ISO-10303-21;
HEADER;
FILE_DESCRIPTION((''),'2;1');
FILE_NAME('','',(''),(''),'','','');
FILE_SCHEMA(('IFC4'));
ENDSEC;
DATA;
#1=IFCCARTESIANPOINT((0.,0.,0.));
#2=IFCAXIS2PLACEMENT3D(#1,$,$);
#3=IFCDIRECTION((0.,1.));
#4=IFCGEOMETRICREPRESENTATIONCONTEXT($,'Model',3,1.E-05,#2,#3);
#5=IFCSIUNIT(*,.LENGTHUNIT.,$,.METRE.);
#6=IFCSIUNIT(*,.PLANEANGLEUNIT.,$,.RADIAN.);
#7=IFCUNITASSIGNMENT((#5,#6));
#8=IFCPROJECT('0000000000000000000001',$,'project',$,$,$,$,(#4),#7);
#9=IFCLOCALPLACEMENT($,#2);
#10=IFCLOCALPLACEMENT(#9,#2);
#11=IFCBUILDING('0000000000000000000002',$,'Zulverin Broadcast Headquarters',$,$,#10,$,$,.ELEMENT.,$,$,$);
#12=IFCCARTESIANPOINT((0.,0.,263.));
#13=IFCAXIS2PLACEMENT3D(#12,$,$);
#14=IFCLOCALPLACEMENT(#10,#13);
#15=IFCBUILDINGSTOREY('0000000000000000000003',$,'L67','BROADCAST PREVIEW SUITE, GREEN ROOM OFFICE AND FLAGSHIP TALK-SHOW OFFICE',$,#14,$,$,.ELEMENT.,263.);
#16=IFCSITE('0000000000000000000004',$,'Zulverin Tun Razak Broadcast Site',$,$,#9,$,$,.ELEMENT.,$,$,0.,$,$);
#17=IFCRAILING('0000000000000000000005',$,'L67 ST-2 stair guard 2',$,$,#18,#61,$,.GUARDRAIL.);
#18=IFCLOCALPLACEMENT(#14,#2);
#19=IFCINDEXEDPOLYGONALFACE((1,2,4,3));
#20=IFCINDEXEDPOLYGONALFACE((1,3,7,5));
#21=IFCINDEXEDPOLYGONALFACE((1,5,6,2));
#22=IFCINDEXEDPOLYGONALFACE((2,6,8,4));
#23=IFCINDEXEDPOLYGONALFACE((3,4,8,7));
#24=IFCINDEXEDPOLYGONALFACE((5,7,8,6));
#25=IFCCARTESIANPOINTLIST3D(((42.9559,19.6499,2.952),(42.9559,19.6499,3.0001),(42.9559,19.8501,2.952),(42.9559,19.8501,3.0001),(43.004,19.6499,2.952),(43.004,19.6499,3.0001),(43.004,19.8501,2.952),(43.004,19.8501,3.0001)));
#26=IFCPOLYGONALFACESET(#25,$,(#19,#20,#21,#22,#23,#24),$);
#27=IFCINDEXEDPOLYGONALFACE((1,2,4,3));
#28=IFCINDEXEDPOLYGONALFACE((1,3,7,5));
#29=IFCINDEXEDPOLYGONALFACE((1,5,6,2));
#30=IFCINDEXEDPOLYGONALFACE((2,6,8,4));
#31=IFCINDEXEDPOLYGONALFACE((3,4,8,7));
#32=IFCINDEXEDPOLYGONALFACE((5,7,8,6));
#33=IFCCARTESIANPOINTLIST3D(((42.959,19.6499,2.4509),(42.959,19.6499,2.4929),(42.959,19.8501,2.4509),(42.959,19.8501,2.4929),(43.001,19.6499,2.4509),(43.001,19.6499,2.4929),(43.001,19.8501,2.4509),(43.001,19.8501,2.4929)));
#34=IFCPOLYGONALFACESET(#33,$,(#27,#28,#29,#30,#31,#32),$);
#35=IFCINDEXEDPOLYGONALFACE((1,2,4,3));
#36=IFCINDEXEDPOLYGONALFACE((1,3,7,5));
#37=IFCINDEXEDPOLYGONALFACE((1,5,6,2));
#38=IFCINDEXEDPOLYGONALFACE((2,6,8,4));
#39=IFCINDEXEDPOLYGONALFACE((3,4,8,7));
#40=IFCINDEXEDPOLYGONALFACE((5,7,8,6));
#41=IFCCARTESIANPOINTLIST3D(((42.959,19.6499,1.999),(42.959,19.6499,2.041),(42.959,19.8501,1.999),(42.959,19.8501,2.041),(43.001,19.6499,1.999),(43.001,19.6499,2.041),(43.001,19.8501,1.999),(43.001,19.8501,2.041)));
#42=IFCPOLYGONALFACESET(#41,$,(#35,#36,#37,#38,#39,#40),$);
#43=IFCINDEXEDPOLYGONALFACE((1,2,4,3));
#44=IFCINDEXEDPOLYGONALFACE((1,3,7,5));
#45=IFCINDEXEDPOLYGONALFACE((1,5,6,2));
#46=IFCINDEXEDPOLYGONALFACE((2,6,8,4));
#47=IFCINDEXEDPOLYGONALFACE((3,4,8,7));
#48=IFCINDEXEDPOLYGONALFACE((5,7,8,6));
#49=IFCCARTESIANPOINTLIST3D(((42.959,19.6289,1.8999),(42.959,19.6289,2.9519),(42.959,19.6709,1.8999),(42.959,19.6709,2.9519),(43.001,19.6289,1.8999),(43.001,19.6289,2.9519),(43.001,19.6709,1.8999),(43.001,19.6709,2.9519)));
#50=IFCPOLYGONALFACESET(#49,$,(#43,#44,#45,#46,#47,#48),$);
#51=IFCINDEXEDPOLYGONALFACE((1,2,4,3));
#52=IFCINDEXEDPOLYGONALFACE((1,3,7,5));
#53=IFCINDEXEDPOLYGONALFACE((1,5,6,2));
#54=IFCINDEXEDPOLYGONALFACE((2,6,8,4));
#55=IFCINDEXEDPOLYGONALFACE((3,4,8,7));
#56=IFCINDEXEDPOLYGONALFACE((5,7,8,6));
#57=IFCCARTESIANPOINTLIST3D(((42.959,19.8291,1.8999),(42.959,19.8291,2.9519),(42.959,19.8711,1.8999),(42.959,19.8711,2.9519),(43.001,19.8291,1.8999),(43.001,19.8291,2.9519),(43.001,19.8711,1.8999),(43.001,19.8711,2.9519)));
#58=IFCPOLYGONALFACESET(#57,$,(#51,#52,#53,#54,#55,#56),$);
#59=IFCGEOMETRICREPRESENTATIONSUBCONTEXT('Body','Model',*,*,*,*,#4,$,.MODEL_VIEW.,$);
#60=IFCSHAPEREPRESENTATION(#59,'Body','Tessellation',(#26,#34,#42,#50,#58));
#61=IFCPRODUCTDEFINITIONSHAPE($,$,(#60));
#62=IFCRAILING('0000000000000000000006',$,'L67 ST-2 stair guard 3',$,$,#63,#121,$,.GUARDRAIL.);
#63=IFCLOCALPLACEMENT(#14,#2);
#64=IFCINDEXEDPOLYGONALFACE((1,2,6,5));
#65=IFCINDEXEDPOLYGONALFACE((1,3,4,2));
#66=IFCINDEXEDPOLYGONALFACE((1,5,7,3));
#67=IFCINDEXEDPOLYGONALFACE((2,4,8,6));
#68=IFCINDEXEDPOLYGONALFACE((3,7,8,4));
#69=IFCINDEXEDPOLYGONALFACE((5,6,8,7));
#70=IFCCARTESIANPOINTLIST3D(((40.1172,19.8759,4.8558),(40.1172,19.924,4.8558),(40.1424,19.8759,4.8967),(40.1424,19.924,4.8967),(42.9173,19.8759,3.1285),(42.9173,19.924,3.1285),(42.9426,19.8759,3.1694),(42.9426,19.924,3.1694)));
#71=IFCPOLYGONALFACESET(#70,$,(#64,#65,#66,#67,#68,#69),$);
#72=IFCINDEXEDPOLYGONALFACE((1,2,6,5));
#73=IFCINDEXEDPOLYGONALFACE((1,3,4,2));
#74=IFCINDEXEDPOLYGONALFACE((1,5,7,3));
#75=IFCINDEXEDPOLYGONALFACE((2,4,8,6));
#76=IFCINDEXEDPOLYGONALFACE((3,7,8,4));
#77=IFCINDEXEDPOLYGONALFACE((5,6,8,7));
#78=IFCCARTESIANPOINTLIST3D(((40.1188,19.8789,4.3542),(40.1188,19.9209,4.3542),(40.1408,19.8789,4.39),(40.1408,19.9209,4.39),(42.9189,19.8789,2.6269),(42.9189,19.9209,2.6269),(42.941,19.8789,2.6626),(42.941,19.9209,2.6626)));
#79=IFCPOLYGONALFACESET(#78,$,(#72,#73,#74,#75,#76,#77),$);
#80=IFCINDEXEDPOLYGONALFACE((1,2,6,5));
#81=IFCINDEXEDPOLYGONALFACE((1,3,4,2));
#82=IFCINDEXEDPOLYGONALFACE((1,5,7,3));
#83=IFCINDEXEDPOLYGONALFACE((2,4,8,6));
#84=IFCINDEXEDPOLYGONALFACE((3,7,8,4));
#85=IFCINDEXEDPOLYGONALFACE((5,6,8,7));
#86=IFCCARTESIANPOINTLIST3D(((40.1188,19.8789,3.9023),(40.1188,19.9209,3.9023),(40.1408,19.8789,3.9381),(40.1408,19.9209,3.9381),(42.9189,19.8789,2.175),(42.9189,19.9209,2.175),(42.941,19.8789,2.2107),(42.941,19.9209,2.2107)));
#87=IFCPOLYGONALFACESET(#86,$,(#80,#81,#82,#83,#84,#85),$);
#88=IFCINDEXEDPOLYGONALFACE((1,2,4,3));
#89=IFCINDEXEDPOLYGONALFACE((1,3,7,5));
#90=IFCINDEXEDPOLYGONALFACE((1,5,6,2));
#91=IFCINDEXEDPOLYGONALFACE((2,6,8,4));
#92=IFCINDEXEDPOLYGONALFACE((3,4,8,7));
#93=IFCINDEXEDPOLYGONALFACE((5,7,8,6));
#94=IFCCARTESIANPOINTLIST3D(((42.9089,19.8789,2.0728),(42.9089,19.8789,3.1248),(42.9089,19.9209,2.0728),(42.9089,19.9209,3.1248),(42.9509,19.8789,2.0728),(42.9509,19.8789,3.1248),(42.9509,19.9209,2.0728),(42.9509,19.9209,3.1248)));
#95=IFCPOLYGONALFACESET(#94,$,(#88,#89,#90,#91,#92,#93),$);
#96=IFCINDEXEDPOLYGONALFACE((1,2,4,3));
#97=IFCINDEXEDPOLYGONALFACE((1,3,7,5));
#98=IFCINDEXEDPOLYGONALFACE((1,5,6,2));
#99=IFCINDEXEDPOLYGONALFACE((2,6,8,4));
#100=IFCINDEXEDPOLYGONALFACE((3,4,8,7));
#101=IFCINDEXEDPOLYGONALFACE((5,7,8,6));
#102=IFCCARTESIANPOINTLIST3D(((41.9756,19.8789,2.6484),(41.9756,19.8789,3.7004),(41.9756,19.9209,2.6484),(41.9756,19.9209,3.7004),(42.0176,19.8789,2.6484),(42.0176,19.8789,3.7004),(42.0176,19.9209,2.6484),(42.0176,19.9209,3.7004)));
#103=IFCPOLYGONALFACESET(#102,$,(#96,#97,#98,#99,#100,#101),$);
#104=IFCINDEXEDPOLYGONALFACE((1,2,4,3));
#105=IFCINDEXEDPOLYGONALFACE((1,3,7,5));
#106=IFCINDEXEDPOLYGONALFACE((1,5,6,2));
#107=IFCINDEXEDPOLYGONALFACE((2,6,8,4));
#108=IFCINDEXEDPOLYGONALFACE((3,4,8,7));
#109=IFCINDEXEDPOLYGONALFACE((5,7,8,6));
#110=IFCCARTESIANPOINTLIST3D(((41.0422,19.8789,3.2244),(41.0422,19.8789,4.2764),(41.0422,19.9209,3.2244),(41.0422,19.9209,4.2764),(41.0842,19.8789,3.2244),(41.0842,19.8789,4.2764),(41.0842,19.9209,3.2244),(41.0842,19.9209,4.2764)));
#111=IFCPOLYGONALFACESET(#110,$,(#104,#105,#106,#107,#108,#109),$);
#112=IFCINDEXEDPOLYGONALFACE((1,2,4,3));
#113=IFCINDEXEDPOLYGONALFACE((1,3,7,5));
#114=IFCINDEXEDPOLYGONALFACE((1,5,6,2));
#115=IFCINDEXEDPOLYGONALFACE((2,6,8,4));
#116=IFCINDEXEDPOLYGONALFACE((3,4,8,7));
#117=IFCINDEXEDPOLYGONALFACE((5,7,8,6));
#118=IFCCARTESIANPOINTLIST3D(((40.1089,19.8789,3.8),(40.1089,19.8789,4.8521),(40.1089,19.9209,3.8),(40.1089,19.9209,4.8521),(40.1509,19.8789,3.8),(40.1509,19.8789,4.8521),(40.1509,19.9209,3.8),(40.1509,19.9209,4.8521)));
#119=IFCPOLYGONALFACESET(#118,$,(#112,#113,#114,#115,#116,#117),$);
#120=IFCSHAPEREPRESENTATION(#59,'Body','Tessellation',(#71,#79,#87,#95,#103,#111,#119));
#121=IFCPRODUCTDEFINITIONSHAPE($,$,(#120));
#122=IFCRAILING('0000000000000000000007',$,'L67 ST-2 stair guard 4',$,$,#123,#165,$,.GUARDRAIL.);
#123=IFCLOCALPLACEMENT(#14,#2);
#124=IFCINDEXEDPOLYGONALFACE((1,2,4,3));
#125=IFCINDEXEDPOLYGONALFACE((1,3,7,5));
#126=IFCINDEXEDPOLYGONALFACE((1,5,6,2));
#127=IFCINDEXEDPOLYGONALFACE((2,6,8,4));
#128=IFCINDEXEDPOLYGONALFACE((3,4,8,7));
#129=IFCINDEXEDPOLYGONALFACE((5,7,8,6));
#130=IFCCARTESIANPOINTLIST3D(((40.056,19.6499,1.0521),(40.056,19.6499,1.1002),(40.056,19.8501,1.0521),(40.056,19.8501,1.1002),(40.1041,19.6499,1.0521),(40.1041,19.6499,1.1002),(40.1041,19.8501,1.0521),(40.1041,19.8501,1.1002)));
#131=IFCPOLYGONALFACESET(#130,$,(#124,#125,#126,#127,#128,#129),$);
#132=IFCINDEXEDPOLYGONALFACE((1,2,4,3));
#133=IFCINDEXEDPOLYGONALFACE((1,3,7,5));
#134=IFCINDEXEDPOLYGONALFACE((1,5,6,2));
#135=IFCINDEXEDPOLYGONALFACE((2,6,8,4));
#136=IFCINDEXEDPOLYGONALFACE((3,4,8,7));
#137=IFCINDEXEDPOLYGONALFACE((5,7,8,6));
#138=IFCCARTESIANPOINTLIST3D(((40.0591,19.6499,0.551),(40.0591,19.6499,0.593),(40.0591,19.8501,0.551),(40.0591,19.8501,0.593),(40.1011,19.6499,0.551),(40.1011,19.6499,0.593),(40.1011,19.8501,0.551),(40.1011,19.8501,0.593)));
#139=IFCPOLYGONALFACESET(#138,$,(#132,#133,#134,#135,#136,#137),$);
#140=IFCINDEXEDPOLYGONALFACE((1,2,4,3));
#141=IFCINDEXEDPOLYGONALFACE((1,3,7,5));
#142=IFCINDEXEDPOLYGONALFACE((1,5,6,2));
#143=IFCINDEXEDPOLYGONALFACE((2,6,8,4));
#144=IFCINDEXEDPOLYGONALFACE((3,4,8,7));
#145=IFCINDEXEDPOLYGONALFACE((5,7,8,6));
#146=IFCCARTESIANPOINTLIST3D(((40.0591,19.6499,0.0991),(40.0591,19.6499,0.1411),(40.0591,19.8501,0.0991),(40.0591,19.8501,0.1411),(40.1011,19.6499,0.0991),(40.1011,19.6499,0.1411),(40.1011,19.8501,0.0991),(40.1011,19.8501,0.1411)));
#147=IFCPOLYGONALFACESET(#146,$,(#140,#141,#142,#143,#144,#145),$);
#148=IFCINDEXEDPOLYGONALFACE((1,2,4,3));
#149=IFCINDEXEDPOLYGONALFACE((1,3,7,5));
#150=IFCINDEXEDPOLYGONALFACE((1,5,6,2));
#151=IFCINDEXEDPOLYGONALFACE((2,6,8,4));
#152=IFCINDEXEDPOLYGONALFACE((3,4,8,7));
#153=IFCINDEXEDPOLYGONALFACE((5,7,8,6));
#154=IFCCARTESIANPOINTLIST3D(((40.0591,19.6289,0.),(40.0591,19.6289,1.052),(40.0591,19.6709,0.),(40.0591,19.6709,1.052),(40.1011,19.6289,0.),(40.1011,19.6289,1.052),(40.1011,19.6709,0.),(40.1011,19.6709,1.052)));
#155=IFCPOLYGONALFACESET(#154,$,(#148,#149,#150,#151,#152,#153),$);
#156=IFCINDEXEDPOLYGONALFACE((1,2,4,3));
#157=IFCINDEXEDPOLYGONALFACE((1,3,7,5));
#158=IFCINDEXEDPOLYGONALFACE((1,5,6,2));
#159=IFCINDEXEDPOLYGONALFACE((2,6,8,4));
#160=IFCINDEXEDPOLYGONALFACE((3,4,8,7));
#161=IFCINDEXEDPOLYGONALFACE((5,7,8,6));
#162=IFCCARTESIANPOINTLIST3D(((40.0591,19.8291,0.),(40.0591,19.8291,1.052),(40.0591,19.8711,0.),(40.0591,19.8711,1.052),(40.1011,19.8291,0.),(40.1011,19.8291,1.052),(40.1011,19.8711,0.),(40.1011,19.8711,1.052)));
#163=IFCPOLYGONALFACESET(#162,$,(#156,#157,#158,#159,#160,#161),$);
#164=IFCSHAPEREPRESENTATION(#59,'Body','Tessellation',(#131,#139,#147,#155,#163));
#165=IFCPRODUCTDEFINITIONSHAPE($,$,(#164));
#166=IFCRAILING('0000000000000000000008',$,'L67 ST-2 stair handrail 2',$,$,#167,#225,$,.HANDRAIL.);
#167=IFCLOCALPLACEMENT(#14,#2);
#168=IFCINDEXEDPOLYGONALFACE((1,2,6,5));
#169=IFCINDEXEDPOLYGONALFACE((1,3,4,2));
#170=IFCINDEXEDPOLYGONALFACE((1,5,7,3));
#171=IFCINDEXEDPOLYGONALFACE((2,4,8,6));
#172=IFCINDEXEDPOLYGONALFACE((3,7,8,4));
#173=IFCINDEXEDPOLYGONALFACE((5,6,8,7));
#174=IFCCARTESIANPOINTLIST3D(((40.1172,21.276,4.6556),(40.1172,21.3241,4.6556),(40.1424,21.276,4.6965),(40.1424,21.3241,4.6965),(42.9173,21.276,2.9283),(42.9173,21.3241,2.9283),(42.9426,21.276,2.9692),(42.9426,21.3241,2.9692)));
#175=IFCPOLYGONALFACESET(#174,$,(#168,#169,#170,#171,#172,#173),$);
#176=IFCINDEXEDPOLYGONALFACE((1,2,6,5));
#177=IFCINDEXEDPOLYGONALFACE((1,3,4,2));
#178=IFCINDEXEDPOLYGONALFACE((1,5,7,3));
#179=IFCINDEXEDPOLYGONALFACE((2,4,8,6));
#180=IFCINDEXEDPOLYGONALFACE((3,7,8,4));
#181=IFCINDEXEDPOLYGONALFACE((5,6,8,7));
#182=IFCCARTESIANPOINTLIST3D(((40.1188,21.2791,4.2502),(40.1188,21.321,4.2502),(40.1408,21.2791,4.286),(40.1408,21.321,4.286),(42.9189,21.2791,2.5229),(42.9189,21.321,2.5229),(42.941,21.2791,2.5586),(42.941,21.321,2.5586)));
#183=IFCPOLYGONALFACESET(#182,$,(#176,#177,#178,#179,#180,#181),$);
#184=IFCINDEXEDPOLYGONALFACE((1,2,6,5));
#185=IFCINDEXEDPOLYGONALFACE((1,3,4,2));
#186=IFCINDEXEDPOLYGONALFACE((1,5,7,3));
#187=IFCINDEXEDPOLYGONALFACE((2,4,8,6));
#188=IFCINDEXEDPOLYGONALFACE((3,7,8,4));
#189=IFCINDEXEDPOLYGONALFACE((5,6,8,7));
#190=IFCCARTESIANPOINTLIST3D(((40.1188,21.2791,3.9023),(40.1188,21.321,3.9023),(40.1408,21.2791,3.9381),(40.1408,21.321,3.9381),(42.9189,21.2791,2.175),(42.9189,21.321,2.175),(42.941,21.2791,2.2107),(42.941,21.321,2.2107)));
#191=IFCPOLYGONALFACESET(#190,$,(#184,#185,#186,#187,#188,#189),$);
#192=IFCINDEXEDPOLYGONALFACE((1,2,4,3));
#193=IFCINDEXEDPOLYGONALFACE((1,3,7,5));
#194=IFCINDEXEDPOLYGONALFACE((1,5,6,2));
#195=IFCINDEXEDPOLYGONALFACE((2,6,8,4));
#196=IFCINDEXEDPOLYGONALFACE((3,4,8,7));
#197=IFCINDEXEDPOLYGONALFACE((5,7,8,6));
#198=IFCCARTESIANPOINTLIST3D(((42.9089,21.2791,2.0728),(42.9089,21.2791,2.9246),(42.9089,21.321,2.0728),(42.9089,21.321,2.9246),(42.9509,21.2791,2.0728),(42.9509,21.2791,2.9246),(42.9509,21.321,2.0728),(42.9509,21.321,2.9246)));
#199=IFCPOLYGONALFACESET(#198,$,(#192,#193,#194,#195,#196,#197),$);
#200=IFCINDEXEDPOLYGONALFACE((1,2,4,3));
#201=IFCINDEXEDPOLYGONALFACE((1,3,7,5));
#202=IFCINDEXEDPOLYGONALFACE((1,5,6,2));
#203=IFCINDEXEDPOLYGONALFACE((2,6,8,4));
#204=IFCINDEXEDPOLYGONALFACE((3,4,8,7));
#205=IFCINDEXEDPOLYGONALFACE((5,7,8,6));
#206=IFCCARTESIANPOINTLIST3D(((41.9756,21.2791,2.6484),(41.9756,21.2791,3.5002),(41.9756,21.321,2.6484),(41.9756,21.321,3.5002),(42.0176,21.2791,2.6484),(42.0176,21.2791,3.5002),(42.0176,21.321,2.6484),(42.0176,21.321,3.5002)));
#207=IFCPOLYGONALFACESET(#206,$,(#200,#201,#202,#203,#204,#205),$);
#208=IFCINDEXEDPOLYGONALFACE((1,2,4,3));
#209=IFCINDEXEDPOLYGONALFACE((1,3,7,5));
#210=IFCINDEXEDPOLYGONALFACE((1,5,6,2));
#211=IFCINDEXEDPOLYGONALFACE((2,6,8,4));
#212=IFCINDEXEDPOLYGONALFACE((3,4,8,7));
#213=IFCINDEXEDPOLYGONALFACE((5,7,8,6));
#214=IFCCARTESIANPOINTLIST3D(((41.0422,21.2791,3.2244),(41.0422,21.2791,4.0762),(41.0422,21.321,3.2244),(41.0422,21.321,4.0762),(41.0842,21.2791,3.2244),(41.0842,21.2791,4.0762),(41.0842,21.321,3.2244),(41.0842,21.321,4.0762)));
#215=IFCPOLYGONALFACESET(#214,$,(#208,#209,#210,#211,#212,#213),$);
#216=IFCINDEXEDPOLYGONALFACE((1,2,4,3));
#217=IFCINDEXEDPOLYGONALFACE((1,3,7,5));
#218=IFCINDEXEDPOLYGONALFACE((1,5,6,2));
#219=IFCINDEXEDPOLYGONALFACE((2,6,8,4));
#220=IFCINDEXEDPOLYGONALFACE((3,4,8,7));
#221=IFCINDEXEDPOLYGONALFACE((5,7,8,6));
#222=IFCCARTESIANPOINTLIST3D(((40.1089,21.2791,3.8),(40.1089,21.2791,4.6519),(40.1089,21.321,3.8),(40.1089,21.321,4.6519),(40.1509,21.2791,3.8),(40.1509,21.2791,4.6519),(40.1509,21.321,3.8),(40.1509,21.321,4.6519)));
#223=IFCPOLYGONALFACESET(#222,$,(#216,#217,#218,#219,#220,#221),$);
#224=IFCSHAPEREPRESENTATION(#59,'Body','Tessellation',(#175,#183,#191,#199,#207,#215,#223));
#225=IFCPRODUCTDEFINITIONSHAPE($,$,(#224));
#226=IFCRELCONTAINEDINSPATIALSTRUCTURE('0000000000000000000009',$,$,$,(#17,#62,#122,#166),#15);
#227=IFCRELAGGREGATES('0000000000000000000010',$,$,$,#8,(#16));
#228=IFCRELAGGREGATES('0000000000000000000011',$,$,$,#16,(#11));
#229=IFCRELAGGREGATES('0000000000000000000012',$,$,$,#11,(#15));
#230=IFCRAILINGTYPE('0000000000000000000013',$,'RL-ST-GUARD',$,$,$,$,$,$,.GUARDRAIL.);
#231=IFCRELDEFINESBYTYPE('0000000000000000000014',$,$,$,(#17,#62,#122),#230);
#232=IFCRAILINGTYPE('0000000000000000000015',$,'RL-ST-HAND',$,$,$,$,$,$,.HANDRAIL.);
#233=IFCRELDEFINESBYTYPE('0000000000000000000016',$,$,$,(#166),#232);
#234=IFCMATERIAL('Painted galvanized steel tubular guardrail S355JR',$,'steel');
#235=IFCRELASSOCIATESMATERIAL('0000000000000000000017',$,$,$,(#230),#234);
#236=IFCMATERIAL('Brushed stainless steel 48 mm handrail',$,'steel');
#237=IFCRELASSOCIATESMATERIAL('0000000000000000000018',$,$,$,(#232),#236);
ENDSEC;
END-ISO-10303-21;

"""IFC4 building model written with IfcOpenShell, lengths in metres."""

from ifc_helpers import new_model, si_unit, direction, frame, origin, origin_2d, place, context, subcontext, project, spatial, rectangle, extrude, material, type_object, element, save


model = new_model("IFC4")

# Units and contexts
model_context = context("Model", 3, precision=1e-05, world=origin(), true_north=direction((0.0, 1.0)))
body_context = subcontext(model_context, "Body", "Model", "MODEL_VIEW")
ifc_project = project(units=[si_unit("LENGTHUNIT", "METRE"), si_unit("PLANEANGLEUNIT", "RADIAN")], contexts=[model_context])

# Site, building, storey
site_placement = place(None, origin())
site = spatial("IfcSite", under=ifc_project, at=site_placement, Name="Zulverin Tun Razak Broadcast Site", CompositionType="ELEMENT", RefElevation=0.0)
building_placement = place(site_placement, origin())
building = spatial("IfcBuilding", under=site, at=building_placement, Name="Zulverin Broadcast Headquarters", CompositionType="ELEMENT")
storey_placement = place(building_placement, frame((0.0, 0.0, 263.0)))
storey = spatial("IfcBuildingStorey", under=building, at=storey_placement, Name="L67", Description="BROADCAST PREVIEW SUITE, GREEN ROOM OFFICE AND FLAGSHIP TALK-SHOW OFFICE", CompositionType="ELEMENT", Elevation=263.0)

# Railings
ifc_material_1 = material(Name="Painted galvanized steel tubular guardrail S355JR", Category="steel")
railing_type_1 = type_object("IfcRailingType", Name="RL-ST-GUARD", PredefinedType="GUARDRAIL", material=ifc_material_1)
railing_1_placement = place(storey_placement, frame((42.98, 19.6499, 1.8999)))
element("IfcRailing", 1, at=railing_1_placement, inside=storey, type_object=railing_type_1, Name="L67 ST-2 stair guard 2", PredefinedType="GUARDRAIL", context=body_context, shape_type="SweptSolid", body=[
    extrude(rectangle(XDim=0.0481, YDim=0.0481, at=origin_2d()), frame((0.0, 0.0, 1.0762), z_axis=(0.0, 1.0, 0.0), x_axis=(-1.0, 0.0, 0.0)), (0.0, 0.0, 1.0), 0.2002),
    extrude(rectangle(XDim=0.042, YDim=0.042, at=origin_2d()), frame((0.0, 0.0, 0.572), z_axis=(0.0, 1.0, 0.0), x_axis=(-1.0, 0.0, 0.0)), (0.0, 0.0, 1.0), 0.2002),
    extrude(rectangle(XDim=0.042, YDim=0.042, at=origin_2d()), frame((0.0, 0.0, 0.1201), z_axis=(0.0, 1.0, 0.0), x_axis=(-1.0, 0.0, 0.0)), (0.0, 0.0, 1.0), 0.2002),
    extrude(rectangle(XDim=0.042, YDim=0.042, at=origin_2d()), origin(), (0.0, 0.0, 1.0), 1.052),
    extrude(rectangle(XDim=0.042, YDim=0.042, at=origin_2d()), frame((0.0, 0.2002, 0.0)), (0.0, 0.0, 1.0), 1.052),
])
railing_2_placement = place(storey_placement, frame((42.9299, 19.8999, 2.0728)))
element("IfcRailing", 2, at=railing_2_placement, inside=storey, type_object=railing_type_1, Name="L67 ST-2 stair guard 3", PredefinedType="GUARDRAIL", context=body_context, shape_type="SweptSolid", body=[
    extrude(rectangle(XDim=0.0481, YDim=0.0481, at=origin_2d()), frame((0.0, 0.0, 1.0762), z_axis=(-0.85109, 0.0, 0.52502), x_axis=(0.0, -1.0, 0.0)), (0.0, 0.0, 1.0), 3.29),
    extrude(rectangle(XDim=0.042, YDim=0.042, at=origin_2d()), frame((0.0, 0.0, 0.572), z_axis=(-0.85109, 0.0, 0.52502), x_axis=(0.0, -1.0, 0.0)), (0.0, 0.0, 1.0), 3.29),
    extrude(rectangle(XDim=0.042, YDim=0.042, at=origin_2d()), frame((0.0, 0.0, 0.1201), z_axis=(-0.85109, 0.0, 0.52502), x_axis=(0.0, -1.0, 0.0)), (0.0, 0.0, 1.0), 3.29),
    extrude(rectangle(XDim=0.042, YDim=0.042, at=origin_2d()), origin(), (0.0, 0.0, 1.0), 1.052),
    extrude(rectangle(XDim=0.042, YDim=0.042, at=origin_2d()), frame((-0.9333, 0.0, 0.5757)), (0.0, 0.0, 1.0), 1.052),
    extrude(rectangle(XDim=0.042, YDim=0.042, at=origin_2d()), frame((-1.8667, 0.0, 1.1516)), (0.0, 0.0, 1.0), 1.052),
    extrude(rectangle(XDim=0.042, YDim=0.042, at=origin_2d()), frame((-2.8, 0.0, 1.7273)), (0.0, 0.0, 1.0), 1.052),
])
railing_3_placement = place(storey_placement, frame((40.0801, 19.6499, 0.0)))
element("IfcRailing", 3, at=railing_3_placement, inside=storey, type_object=railing_type_1, Name="L67 ST-2 stair guard 4", PredefinedType="GUARDRAIL", context=body_context, shape_type="SweptSolid", body=[
    extrude(rectangle(XDim=0.0481, YDim=0.0481, at=origin_2d()), frame((0.0, 0.0, 1.0762), z_axis=(0.0, 1.0, 0.0), x_axis=(-1.0, 0.0, 0.0)), (0.0, 0.0, 1.0), 0.2002),
    extrude(rectangle(XDim=0.042, YDim=0.042, at=origin_2d()), frame((0.0, 0.0, 0.572), z_axis=(0.0, 1.0, 0.0), x_axis=(-1.0, 0.0, 0.0)), (0.0, 0.0, 1.0), 0.2002),
    extrude(rectangle(XDim=0.042, YDim=0.042, at=origin_2d()), frame((0.0, 0.0, 0.1201), z_axis=(0.0, 1.0, 0.0), x_axis=(-1.0, 0.0, 0.0)), (0.0, 0.0, 1.0), 0.2002),
    extrude(rectangle(XDim=0.042, YDim=0.042, at=origin_2d()), origin(), (0.0, 0.0, 1.0), 1.052),
    extrude(rectangle(XDim=0.042, YDim=0.042, at=origin_2d()), frame((0.0, 0.2002, 0.0)), (0.0, 0.0, 1.0), 1.052),
])
ifc_material_2 = material(Name="Brushed stainless steel 48 mm handrail", Category="steel")
railing_type_2 = type_object("IfcRailingType", Name="RL-ST-HAND", PredefinedType="HANDRAIL", material=ifc_material_2)
railing_4_placement = place(storey_placement, frame((42.9299, 21.3, 2.0728)))
element("IfcRailing", 4, at=railing_4_placement, inside=storey, type_object=railing_type_2, Name="L67 ST-2 stair handrail 2", PredefinedType="HANDRAIL", context=body_context, shape_type="SweptSolid", body=[
    extrude(rectangle(XDim=0.0481, YDim=0.0481, at=origin_2d()), frame((0.0, 0.0, 0.876), z_axis=(-0.85109, 0.0, 0.52502), x_axis=(0.0, -1.0, 0.0)), (0.0, 0.0, 1.0), 3.29),
    extrude(rectangle(XDim=0.042, YDim=0.042, at=origin_2d()), frame((0.0, 0.0, 0.468), z_axis=(-0.85109, 0.0, 0.52502), x_axis=(0.0, -1.0, 0.0)), (0.0, 0.0, 1.0), 3.29),
    extrude(rectangle(XDim=0.042, YDim=0.042, at=origin_2d()), frame((0.0, 0.0, 0.1201), z_axis=(-0.85109, 0.0, 0.52502), x_axis=(0.0, -1.0, 0.0)), (0.0, 0.0, 1.0), 3.29),
    extrude(rectangle(XDim=0.042, YDim=0.042, at=origin_2d()), origin(), (0.0, 0.0, 1.0), 0.8518),
    extrude(rectangle(XDim=0.042, YDim=0.042, at=origin_2d()), frame((-0.9333, 0.0, 0.5757)), (0.0, 0.0, 1.0), 0.8518),
    extrude(rectangle(XDim=0.042, YDim=0.042, at=origin_2d()), frame((-1.8667, 0.0, 1.1516)), (0.0, 0.0, 1.0), 0.8518),
    extrude(rectangle(XDim=0.042, YDim=0.042, at=origin_2d()), frame((-2.8, 0.0, 1.7273)), (0.0, 0.0, 1.0), 0.8518),
])

save(model, "model.ifc")
